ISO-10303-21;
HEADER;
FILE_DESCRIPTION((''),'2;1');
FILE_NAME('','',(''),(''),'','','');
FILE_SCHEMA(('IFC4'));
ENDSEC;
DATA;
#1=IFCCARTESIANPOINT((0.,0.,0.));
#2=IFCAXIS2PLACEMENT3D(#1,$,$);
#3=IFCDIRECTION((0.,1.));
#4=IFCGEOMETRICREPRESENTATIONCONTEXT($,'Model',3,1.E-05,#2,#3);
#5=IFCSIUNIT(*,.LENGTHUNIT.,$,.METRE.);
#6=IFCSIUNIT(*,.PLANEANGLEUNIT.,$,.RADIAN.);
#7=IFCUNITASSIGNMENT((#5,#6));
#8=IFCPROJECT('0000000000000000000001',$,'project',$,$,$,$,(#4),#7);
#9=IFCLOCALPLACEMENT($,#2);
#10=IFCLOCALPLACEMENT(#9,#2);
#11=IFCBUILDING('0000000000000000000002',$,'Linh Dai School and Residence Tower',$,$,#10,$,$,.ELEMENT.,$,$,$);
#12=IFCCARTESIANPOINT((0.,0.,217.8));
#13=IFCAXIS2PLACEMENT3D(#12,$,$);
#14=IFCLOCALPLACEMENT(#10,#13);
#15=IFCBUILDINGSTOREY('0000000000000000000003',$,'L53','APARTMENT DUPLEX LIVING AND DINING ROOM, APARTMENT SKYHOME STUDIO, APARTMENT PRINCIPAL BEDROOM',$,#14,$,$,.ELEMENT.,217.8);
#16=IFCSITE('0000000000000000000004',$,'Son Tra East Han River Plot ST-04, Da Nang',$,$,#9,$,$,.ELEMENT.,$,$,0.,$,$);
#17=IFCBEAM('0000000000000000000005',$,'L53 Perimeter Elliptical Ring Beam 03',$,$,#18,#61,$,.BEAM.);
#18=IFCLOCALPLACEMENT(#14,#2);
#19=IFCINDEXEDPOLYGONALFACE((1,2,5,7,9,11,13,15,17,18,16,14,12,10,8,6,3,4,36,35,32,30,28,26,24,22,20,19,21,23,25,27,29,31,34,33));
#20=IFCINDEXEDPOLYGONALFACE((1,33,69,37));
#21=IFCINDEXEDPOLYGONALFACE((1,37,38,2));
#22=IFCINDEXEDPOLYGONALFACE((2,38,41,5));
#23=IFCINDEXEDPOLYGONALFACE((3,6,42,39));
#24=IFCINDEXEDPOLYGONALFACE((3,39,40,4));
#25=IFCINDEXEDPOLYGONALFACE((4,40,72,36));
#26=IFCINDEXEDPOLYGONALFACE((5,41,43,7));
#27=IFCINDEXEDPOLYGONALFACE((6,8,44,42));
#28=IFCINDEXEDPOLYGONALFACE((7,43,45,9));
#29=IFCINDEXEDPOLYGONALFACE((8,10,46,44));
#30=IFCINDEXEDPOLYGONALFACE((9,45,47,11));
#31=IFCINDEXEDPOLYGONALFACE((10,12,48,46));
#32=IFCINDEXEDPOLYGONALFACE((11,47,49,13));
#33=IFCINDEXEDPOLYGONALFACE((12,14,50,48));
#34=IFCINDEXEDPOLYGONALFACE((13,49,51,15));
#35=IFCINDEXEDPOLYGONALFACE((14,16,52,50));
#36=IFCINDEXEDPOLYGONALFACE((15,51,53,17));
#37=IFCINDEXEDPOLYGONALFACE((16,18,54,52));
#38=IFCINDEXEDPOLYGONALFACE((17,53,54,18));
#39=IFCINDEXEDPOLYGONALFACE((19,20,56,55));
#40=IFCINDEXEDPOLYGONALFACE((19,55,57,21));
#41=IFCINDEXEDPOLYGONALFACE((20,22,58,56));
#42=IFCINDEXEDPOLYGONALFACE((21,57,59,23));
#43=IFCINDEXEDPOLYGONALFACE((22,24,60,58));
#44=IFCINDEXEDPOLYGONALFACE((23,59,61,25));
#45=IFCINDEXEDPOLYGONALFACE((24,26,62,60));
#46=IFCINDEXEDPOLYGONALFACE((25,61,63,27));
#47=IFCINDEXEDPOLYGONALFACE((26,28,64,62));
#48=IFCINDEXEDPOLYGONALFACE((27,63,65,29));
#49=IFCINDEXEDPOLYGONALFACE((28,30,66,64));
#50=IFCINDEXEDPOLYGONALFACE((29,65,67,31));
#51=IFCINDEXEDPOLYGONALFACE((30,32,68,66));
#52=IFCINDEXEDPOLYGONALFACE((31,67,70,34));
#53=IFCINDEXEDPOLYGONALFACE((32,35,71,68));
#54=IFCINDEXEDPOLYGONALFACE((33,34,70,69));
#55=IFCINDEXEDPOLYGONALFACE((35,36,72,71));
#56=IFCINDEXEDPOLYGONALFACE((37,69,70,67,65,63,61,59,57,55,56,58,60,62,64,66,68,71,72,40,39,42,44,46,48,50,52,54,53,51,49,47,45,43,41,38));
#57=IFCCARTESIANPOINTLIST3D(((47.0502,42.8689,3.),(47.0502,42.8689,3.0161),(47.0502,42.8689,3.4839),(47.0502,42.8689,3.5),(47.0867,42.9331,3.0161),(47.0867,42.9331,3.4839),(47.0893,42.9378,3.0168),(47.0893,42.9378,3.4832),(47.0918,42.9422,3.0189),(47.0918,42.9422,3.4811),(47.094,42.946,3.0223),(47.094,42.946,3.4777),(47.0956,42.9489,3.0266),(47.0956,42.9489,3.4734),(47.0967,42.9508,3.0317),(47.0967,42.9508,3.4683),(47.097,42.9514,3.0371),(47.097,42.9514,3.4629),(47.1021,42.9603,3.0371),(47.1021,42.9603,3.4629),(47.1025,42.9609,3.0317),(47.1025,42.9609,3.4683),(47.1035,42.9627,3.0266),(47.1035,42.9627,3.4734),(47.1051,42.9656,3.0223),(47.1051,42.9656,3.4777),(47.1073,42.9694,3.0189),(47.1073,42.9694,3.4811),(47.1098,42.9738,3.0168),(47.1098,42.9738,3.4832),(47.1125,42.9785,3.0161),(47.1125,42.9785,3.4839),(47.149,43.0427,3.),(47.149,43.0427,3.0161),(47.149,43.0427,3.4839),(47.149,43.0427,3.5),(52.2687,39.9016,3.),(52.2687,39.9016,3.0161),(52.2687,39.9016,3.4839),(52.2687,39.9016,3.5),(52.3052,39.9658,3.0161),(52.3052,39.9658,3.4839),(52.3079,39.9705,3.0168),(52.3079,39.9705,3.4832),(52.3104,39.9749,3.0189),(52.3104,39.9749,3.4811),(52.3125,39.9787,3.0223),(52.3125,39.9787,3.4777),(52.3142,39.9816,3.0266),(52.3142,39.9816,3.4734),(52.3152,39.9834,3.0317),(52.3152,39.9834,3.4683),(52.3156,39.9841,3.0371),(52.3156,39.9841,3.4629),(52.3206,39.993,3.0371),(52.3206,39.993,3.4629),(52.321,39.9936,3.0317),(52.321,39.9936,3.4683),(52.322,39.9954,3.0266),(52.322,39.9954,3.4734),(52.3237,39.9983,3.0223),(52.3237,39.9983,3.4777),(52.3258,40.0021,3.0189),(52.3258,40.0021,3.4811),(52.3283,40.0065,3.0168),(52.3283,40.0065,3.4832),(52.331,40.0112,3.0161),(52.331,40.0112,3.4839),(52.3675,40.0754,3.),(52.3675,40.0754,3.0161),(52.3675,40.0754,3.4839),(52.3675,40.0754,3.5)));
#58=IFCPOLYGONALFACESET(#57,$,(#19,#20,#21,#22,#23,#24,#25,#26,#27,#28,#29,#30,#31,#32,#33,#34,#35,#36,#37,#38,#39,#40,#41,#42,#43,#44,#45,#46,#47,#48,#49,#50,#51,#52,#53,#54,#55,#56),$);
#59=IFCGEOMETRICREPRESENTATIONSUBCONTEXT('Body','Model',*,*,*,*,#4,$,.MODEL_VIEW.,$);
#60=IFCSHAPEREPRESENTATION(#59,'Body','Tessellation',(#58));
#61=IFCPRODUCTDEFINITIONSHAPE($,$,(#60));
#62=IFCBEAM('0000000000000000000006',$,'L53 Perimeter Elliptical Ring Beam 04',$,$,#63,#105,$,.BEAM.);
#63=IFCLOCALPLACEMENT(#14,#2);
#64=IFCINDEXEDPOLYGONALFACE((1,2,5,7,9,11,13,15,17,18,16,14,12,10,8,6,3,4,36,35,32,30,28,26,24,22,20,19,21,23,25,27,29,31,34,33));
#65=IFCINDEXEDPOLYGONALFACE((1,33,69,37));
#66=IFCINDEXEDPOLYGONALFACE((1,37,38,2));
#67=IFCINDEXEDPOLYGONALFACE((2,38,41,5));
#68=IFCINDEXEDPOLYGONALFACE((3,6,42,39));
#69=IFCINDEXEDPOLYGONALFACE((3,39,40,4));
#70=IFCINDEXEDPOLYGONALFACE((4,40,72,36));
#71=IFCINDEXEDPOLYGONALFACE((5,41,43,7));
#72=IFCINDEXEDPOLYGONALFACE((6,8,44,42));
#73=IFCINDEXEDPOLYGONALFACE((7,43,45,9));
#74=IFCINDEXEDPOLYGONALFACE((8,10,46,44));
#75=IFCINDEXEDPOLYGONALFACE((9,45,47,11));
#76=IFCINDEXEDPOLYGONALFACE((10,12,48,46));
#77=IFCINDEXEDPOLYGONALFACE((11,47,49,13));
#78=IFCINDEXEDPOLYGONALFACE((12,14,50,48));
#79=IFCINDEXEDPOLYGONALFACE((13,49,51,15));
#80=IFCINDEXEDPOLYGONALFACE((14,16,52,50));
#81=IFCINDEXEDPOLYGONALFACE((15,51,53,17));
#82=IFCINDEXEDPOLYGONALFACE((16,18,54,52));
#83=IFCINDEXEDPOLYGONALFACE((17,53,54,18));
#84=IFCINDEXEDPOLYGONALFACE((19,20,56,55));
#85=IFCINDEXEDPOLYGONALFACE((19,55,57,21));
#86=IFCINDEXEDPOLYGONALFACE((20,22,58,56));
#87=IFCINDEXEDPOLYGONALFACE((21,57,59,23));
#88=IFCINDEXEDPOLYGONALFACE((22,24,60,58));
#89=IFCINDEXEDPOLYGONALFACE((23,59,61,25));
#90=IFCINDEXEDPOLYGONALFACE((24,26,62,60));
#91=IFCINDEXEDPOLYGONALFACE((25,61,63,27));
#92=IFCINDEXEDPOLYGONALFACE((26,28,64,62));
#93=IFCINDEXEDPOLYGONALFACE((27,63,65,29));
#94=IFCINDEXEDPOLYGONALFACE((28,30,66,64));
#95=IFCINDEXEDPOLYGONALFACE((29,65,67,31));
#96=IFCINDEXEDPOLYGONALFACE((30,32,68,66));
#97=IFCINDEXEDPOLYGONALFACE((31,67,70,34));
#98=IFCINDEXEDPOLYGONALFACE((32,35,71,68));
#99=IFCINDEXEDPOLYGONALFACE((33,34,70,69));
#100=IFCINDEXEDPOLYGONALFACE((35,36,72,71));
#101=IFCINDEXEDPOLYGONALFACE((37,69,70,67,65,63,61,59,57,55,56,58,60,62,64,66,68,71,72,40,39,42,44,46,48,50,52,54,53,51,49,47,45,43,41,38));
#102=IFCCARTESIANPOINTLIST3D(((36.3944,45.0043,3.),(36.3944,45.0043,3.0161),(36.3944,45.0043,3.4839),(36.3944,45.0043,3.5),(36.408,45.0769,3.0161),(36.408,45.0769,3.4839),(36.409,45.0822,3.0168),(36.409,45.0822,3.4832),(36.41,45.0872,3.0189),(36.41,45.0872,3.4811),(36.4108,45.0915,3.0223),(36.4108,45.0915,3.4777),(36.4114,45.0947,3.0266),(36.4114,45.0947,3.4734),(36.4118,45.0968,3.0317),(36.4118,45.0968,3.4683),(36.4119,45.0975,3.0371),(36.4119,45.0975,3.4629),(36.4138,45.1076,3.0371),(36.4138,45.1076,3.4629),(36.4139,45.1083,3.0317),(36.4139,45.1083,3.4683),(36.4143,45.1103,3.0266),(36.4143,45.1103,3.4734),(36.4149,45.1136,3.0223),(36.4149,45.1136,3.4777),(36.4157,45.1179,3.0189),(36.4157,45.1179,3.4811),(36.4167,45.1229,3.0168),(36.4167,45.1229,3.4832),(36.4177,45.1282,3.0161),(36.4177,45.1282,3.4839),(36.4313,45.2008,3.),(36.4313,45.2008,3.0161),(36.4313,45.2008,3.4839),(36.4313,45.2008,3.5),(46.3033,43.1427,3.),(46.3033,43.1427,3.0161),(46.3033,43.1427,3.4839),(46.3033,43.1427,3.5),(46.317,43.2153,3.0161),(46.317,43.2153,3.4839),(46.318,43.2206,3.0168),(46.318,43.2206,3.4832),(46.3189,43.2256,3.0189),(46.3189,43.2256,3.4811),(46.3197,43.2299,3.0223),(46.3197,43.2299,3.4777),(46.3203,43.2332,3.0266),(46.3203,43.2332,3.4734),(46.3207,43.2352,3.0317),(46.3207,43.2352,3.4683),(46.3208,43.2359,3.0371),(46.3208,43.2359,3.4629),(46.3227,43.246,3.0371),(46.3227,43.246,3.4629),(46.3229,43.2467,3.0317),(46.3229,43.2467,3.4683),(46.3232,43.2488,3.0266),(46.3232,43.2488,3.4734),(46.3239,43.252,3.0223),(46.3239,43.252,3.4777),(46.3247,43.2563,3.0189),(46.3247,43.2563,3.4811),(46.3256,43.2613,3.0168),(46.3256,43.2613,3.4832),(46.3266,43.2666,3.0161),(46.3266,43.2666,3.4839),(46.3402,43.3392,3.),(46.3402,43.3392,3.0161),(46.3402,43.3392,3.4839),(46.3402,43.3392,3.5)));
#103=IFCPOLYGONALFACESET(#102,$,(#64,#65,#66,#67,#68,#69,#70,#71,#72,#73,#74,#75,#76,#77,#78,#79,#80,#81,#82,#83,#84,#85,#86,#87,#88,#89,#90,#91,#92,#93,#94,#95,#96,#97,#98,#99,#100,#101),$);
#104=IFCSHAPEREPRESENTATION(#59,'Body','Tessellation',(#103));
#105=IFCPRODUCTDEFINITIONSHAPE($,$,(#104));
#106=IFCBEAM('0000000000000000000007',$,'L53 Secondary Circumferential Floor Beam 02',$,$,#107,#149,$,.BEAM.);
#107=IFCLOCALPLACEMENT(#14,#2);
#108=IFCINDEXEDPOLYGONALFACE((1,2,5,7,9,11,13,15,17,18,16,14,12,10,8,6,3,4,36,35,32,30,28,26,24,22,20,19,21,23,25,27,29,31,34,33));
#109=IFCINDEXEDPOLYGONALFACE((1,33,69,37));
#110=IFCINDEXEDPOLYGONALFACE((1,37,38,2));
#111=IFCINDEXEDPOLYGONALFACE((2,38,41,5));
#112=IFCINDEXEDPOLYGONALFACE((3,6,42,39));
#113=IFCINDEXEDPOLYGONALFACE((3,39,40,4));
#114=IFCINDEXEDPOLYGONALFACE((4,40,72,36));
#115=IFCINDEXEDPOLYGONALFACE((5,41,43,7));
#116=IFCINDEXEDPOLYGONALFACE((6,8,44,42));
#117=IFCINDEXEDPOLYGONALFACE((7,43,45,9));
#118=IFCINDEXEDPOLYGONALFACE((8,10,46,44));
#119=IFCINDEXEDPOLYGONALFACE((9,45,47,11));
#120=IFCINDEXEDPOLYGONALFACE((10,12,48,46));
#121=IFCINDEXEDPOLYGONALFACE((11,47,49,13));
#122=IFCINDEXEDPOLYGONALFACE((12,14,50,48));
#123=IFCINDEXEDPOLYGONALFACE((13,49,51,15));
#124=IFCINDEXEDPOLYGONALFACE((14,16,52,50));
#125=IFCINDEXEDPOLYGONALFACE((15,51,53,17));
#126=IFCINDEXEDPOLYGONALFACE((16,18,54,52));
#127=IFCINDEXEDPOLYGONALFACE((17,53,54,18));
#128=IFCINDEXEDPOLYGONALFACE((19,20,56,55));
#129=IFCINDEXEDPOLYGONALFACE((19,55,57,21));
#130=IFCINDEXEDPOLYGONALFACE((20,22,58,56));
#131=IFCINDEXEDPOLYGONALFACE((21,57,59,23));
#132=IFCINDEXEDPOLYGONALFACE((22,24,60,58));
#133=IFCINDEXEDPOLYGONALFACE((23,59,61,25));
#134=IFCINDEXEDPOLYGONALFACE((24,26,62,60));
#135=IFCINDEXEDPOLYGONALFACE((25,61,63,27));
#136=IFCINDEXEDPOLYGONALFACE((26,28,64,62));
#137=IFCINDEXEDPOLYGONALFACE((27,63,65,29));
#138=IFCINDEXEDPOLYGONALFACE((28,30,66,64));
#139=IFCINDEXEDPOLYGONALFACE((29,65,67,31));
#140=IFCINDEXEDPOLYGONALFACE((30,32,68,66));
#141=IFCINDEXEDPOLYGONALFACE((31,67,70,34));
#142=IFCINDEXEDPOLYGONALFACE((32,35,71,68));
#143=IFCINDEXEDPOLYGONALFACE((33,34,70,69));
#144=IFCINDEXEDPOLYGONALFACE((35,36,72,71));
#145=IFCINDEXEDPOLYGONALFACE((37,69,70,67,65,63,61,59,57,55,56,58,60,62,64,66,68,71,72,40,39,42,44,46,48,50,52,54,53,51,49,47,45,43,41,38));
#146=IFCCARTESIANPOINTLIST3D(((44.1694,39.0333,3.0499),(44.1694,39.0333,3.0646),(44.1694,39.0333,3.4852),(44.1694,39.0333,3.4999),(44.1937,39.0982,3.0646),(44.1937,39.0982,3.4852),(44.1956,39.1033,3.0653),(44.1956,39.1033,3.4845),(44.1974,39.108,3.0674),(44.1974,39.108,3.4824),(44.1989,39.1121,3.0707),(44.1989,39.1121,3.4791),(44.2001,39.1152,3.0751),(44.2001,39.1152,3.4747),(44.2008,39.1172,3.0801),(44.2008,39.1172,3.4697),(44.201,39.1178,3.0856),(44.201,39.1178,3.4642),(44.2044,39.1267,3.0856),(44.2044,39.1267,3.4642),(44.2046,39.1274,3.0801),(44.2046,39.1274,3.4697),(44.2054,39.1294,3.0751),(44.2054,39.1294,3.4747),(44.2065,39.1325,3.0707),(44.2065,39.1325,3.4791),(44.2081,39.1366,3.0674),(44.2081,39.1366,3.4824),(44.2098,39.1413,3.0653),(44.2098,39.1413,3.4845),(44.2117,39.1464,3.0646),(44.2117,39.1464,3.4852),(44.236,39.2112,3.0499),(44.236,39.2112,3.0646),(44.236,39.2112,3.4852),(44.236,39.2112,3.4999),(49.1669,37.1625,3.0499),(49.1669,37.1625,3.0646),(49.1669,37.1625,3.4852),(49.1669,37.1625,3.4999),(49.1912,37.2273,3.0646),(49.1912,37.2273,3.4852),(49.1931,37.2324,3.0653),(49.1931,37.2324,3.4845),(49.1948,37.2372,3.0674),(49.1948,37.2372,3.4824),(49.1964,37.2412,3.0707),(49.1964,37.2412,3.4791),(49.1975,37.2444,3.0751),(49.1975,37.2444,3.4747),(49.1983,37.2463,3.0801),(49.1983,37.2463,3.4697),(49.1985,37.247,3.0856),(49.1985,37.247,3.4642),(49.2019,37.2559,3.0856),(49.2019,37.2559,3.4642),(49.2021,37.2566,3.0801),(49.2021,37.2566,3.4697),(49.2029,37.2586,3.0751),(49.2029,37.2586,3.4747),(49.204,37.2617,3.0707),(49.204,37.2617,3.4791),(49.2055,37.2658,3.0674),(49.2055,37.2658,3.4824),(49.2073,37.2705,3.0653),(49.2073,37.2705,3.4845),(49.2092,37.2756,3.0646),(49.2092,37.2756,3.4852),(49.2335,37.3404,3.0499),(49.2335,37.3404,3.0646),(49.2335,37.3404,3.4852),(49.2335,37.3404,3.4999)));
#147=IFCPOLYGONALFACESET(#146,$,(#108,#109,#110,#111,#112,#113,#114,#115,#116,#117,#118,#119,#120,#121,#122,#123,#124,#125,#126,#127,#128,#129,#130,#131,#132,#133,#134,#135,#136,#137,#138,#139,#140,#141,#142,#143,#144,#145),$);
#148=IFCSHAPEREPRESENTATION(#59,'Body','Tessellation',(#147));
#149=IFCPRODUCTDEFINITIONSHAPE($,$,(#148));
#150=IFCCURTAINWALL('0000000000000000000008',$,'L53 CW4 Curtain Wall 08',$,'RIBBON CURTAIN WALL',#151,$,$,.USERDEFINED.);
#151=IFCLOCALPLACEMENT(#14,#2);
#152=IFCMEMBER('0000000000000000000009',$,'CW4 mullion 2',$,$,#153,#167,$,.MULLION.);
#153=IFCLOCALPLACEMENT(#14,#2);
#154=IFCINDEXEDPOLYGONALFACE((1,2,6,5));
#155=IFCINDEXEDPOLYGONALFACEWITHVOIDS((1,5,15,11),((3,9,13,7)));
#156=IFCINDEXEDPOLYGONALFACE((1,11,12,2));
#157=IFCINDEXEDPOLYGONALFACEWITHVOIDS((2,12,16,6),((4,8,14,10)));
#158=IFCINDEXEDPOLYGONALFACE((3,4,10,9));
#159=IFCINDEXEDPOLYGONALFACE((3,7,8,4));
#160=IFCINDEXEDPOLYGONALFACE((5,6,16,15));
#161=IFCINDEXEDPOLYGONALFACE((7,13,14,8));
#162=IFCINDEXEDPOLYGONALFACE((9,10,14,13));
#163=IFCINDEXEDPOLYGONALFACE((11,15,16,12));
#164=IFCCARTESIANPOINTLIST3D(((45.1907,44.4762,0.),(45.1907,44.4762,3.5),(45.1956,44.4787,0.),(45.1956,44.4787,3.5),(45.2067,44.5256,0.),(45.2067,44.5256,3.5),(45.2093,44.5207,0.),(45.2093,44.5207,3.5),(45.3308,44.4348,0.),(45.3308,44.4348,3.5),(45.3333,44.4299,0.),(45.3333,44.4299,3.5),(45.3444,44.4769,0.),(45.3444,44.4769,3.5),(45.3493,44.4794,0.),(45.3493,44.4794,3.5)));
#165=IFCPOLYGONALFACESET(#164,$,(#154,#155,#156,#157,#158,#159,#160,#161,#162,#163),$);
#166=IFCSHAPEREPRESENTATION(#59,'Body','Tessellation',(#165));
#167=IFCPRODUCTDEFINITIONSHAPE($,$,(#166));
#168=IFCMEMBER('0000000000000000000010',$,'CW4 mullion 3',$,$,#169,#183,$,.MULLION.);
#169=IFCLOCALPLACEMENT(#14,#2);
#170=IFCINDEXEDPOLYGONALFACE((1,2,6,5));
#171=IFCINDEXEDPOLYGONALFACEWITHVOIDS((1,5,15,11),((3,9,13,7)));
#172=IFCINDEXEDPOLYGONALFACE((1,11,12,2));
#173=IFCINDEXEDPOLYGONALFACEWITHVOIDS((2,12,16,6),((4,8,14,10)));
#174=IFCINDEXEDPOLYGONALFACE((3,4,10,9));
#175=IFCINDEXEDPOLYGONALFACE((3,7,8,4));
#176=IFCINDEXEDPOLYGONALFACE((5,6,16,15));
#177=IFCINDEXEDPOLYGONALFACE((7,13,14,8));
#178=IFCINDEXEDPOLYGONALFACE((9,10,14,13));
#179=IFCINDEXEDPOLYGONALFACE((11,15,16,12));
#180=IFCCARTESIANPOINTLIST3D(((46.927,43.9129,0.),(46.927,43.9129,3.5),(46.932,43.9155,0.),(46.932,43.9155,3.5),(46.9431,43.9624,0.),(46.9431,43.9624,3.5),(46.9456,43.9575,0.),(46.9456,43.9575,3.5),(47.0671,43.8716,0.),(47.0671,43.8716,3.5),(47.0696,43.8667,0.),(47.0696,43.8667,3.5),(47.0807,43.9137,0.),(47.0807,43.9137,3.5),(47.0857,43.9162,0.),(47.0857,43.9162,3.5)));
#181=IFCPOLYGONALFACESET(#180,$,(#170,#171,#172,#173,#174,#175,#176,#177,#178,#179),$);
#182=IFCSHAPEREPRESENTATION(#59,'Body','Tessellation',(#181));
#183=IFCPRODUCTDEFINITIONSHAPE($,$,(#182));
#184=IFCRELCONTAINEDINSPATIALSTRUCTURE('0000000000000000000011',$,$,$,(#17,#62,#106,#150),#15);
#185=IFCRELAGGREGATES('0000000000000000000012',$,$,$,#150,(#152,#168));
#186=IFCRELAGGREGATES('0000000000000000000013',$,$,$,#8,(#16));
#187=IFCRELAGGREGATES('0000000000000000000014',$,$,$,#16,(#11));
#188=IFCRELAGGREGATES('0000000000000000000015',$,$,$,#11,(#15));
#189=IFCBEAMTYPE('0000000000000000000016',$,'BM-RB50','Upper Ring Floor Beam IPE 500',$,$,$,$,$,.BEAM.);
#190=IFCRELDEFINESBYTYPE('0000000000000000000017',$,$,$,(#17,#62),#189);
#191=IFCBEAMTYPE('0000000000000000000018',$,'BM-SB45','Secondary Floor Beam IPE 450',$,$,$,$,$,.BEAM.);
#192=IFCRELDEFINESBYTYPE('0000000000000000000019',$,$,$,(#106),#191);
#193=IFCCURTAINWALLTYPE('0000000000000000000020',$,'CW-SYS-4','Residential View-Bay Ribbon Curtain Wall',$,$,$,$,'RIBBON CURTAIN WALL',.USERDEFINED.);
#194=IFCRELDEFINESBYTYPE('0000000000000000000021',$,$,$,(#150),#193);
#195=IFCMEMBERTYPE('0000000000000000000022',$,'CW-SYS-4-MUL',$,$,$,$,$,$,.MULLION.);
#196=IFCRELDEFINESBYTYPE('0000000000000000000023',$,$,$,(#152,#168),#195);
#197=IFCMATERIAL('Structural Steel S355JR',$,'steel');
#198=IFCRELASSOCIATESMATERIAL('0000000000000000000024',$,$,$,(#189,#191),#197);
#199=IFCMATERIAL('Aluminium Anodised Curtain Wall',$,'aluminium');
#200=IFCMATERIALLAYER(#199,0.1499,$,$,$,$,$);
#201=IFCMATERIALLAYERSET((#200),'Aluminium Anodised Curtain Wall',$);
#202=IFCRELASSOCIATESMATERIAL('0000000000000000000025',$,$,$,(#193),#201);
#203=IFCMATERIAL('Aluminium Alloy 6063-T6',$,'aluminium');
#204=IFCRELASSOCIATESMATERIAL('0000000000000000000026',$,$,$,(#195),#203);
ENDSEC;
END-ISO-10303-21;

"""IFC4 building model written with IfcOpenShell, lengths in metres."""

from ifc_helpers import new_model, si_unit, direction, frame, origin, origin_2d, place, context, subcontext, project, spatial, hollow_rectangle, i_section, extrude, source, transform, mapped, material, layer, layer_set, material_profile, profile_set, type_object, element, aggregate, save


model = new_model("IFC4")

# Units and contexts
model_context = context("Model", 3, precision=1e-05, world=origin(), true_north=direction((0.0, 1.0)))
body_context = subcontext(model_context, "Body", "Model", "MODEL_VIEW")
ifc_project = project(units=[si_unit("LENGTHUNIT", "METRE"), si_unit("PLANEANGLEUNIT", "RADIAN")], contexts=[model_context])

# Site, building, storey
site_placement = place(None, origin())
site = spatial("IfcSite", under=ifc_project, at=site_placement, Name="Son Tra East Han River Plot ST-04, Da Nang", CompositionType="ELEMENT", RefElevation=0.0)
building_placement = place(site_placement, origin())
building = spatial("IfcBuilding", under=site, at=building_placement, Name="Linh Dai School and Residence Tower", CompositionType="ELEMENT")
storey_placement = place(building_placement, frame((0.0, 0.0, 217.8)))
storey = spatial("IfcBuildingStorey", under=building, at=storey_placement, Name="L53", Description="APARTMENT DUPLEX LIVING AND DINING ROOM, APARTMENT SKYHOME STUDIO, APARTMENT PRINCIPAL BEDROOM", CompositionType="ELEMENT", Elevation=217.8)

# Shared definitions
ifc_material_1 = material(Name="Structural Steel S355JR", Category="steel")

# Beams
ifc_material_profile_1 = material_profile(ifc_material_1, i_section(OverallWidth=0.2, OverallDepth=0.5, WebThickness=0.0103, FlangeThickness=0.0161, FilletRadius=0.021, at=origin_2d()), Name="IPE 500")
ifc_profile_set_1 = profile_set([ifc_material_profile_1], Name="Structural Steel S355JR")
beam_type_1 = type_object("IfcBeamType", Name="BM-RB50", Description="Upper Ring Floor Beam IPE 500", PredefinedType="BEAM", material=ifc_profile_set_1)
beam_1_placement = place(storey_placement, frame((52.3181, 39.9885, 3.25), z_axis=(-0.869297, 0.49429, 0.0), x_axis=(-0.49429, -0.869297, 0.0)))
element("IfcBeam", 1, at=beam_1_placement, inside=storey, type_object=beam_type_1, Name="L53 Perimeter Elliptical Ring Beam 03", PredefinedType="BEAM", context=body_context, shape_type="SweptSolid", body=[
    extrude(i_section(OverallWidth=0.2, OverallDepth=0.5, WebThickness=0.0103, FlangeThickness=0.0161, FilletRadius=0.021, at=origin_2d()), origin(), (0.0, 0.0, 1.0), 6.0032),
])
beam_2_placement = place(storey_placement, frame((46.3218, 43.241, 3.25), z_axis=(-0.982807, 0.184638, 0.0), x_axis=(-0.184638, -0.982807, 0.0)))
element("IfcBeam", 2, at=beam_2_placement, inside=storey, type_object=beam_type_1, Name="L53 Perimeter Elliptical Ring Beam 04", PredefinedType="BEAM", context=body_context, shape_type="SweptSolid", body=[
    extrude(i_section(OverallWidth=0.2, OverallDepth=0.5, WebThickness=0.0103, FlangeThickness=0.0161, FilletRadius=0.021, at=origin_2d()), origin(), (0.0, 0.0, 1.0), 10.0823),
])
ifc_material_profile_2 = material_profile(ifc_material_1, i_section(OverallWidth=0.1899, OverallDepth=0.45, WebThickness=0.0095, FlangeThickness=0.0146, FilletRadius=0.021, at=origin_2d()), Name="IPE 450")
ifc_profile_set_2 = profile_set([ifc_material_profile_2], Name="Structural Steel S355JR")
beam_type_2 = type_object("IfcBeamType", Name="BM-SB45", Description="Secondary Floor Beam IPE 450", PredefinedType="BEAM", material=ifc_profile_set_2)
beam_3_placement = place(storey_placement, frame((49.2002, 37.2515, 3.2749), z_axis=(-0.936528, 0.350592, 0.0), x_axis=(-0.350592, -0.936528, 0.0)))
element("IfcBeam", 3, at=beam_3_placement, inside=storey, type_object=beam_type_2, Name="L53 Secondary Circumferential Floor Beam 02", PredefinedType="BEAM", context=body_context, shape_type="SweptSolid", body=[
    extrude(i_section(OverallWidth=0.1899, OverallDepth=0.45, WebThickness=0.0095, FlangeThickness=0.0146, FilletRadius=0.021, at=origin_2d()), origin(), (0.0, 0.0, 1.0), 5.3362),
])

# Curtain wall, members
ifc_material_2 = material(Name="Aluminium Anodised Curtain Wall", Category="aluminium")
ifc_layer_1 = layer(ifc_material_2, 0.1499)
ifc_layer_set_1 = layer_set([ifc_layer_1], Name="Aluminium Anodised Curtain Wall")
curtain_wall_type = type_object("IfcCurtainWallType", Name="CW-SYS-4", Description="Residential View-Bay Ribbon Curtain Wall", ElementType="RIBBON CURTAIN WALL", PredefinedType="USERDEFINED", material=ifc_layer_set_1)
curtain_wall_placement = place(storey_placement, origin())
curtain_wall = element("IfcCurtainWall", 4, at=curtain_wall_placement, inside=storey, type_object=curtain_wall_type, Name="L53 CW4 Curtain Wall 08", ObjectType="RIBBON CURTAIN WALL", PredefinedType="USERDEFINED")
ifc_material_3 = material(Name="Aluminium Alloy 6063-T6", Category="aluminium")
ifc_material_profile_3 = material_profile(ifc_material_3, hollow_rectangle(XDim=0.052, YDim=0.1499, WallThickness=0.0039, at=origin_2d()), Name="RHS 150x52x4")
ifc_profile_set_3 = profile_set([ifc_material_profile_3], Name="Aluminium Alloy 6063-T6")
member_type_1 = type_object("IfcMemberType", Name="CW-SYS-4-MUL", PredefinedType="MULLION", material=ifc_profile_set_3)
shared_shape_1 = source(origin(), body_context, "Body", "SweptSolid", [
    extrude(hollow_rectangle(XDim=0.052, YDim=0.1499, WallThickness=0.0039, at=origin_2d()), origin(), (0.0, 0.0, 1.0), 3.5),
])
member_1_placement = place(storey_placement, frame((45.27, 44.4778, 0.0), z_axis=(0.0, 0.0, 1.0), x_axis=(0.308501, 0.951224, 0.0)))
member_1 = element("IfcMember", 5, at=member_1_placement, type_object=member_type_1, Name="CW4 mullion 2", PredefinedType="MULLION", context=body_context, shape_type="MappedRepresentation", body=[
    mapped(shared_shape_1, transform((0.0, 0.0, 0.0), x_axis=(1.0, 0.0, 0.0), y_axis=(0.0, 1.0, 0.0), z_axis=(0.0, 0.0, 1.0), scale=1.0)),
])
member_2_placement = place(storey_placement, frame((47.0063, 43.9146, 0.0), z_axis=(0.0, 0.0, 1.0), x_axis=(0.308501, 0.951224, 0.0)))
member_2 = element("IfcMember", 6, at=member_2_placement, type_object=member_type_1, Name="CW4 mullion 3", PredefinedType="MULLION", context=body_context, shape_type="MappedRepresentation", body=[
    mapped(shared_shape_1, transform((0.0, 0.0, 0.0), x_axis=(1.0, 0.0, 0.0), y_axis=(0.0, 1.0, 0.0), z_axis=(0.0, 0.0, 1.0), scale=1.0)),
])

aggregate(curtain_wall, [member_1, member_2])

save(model, "model.ifc")
